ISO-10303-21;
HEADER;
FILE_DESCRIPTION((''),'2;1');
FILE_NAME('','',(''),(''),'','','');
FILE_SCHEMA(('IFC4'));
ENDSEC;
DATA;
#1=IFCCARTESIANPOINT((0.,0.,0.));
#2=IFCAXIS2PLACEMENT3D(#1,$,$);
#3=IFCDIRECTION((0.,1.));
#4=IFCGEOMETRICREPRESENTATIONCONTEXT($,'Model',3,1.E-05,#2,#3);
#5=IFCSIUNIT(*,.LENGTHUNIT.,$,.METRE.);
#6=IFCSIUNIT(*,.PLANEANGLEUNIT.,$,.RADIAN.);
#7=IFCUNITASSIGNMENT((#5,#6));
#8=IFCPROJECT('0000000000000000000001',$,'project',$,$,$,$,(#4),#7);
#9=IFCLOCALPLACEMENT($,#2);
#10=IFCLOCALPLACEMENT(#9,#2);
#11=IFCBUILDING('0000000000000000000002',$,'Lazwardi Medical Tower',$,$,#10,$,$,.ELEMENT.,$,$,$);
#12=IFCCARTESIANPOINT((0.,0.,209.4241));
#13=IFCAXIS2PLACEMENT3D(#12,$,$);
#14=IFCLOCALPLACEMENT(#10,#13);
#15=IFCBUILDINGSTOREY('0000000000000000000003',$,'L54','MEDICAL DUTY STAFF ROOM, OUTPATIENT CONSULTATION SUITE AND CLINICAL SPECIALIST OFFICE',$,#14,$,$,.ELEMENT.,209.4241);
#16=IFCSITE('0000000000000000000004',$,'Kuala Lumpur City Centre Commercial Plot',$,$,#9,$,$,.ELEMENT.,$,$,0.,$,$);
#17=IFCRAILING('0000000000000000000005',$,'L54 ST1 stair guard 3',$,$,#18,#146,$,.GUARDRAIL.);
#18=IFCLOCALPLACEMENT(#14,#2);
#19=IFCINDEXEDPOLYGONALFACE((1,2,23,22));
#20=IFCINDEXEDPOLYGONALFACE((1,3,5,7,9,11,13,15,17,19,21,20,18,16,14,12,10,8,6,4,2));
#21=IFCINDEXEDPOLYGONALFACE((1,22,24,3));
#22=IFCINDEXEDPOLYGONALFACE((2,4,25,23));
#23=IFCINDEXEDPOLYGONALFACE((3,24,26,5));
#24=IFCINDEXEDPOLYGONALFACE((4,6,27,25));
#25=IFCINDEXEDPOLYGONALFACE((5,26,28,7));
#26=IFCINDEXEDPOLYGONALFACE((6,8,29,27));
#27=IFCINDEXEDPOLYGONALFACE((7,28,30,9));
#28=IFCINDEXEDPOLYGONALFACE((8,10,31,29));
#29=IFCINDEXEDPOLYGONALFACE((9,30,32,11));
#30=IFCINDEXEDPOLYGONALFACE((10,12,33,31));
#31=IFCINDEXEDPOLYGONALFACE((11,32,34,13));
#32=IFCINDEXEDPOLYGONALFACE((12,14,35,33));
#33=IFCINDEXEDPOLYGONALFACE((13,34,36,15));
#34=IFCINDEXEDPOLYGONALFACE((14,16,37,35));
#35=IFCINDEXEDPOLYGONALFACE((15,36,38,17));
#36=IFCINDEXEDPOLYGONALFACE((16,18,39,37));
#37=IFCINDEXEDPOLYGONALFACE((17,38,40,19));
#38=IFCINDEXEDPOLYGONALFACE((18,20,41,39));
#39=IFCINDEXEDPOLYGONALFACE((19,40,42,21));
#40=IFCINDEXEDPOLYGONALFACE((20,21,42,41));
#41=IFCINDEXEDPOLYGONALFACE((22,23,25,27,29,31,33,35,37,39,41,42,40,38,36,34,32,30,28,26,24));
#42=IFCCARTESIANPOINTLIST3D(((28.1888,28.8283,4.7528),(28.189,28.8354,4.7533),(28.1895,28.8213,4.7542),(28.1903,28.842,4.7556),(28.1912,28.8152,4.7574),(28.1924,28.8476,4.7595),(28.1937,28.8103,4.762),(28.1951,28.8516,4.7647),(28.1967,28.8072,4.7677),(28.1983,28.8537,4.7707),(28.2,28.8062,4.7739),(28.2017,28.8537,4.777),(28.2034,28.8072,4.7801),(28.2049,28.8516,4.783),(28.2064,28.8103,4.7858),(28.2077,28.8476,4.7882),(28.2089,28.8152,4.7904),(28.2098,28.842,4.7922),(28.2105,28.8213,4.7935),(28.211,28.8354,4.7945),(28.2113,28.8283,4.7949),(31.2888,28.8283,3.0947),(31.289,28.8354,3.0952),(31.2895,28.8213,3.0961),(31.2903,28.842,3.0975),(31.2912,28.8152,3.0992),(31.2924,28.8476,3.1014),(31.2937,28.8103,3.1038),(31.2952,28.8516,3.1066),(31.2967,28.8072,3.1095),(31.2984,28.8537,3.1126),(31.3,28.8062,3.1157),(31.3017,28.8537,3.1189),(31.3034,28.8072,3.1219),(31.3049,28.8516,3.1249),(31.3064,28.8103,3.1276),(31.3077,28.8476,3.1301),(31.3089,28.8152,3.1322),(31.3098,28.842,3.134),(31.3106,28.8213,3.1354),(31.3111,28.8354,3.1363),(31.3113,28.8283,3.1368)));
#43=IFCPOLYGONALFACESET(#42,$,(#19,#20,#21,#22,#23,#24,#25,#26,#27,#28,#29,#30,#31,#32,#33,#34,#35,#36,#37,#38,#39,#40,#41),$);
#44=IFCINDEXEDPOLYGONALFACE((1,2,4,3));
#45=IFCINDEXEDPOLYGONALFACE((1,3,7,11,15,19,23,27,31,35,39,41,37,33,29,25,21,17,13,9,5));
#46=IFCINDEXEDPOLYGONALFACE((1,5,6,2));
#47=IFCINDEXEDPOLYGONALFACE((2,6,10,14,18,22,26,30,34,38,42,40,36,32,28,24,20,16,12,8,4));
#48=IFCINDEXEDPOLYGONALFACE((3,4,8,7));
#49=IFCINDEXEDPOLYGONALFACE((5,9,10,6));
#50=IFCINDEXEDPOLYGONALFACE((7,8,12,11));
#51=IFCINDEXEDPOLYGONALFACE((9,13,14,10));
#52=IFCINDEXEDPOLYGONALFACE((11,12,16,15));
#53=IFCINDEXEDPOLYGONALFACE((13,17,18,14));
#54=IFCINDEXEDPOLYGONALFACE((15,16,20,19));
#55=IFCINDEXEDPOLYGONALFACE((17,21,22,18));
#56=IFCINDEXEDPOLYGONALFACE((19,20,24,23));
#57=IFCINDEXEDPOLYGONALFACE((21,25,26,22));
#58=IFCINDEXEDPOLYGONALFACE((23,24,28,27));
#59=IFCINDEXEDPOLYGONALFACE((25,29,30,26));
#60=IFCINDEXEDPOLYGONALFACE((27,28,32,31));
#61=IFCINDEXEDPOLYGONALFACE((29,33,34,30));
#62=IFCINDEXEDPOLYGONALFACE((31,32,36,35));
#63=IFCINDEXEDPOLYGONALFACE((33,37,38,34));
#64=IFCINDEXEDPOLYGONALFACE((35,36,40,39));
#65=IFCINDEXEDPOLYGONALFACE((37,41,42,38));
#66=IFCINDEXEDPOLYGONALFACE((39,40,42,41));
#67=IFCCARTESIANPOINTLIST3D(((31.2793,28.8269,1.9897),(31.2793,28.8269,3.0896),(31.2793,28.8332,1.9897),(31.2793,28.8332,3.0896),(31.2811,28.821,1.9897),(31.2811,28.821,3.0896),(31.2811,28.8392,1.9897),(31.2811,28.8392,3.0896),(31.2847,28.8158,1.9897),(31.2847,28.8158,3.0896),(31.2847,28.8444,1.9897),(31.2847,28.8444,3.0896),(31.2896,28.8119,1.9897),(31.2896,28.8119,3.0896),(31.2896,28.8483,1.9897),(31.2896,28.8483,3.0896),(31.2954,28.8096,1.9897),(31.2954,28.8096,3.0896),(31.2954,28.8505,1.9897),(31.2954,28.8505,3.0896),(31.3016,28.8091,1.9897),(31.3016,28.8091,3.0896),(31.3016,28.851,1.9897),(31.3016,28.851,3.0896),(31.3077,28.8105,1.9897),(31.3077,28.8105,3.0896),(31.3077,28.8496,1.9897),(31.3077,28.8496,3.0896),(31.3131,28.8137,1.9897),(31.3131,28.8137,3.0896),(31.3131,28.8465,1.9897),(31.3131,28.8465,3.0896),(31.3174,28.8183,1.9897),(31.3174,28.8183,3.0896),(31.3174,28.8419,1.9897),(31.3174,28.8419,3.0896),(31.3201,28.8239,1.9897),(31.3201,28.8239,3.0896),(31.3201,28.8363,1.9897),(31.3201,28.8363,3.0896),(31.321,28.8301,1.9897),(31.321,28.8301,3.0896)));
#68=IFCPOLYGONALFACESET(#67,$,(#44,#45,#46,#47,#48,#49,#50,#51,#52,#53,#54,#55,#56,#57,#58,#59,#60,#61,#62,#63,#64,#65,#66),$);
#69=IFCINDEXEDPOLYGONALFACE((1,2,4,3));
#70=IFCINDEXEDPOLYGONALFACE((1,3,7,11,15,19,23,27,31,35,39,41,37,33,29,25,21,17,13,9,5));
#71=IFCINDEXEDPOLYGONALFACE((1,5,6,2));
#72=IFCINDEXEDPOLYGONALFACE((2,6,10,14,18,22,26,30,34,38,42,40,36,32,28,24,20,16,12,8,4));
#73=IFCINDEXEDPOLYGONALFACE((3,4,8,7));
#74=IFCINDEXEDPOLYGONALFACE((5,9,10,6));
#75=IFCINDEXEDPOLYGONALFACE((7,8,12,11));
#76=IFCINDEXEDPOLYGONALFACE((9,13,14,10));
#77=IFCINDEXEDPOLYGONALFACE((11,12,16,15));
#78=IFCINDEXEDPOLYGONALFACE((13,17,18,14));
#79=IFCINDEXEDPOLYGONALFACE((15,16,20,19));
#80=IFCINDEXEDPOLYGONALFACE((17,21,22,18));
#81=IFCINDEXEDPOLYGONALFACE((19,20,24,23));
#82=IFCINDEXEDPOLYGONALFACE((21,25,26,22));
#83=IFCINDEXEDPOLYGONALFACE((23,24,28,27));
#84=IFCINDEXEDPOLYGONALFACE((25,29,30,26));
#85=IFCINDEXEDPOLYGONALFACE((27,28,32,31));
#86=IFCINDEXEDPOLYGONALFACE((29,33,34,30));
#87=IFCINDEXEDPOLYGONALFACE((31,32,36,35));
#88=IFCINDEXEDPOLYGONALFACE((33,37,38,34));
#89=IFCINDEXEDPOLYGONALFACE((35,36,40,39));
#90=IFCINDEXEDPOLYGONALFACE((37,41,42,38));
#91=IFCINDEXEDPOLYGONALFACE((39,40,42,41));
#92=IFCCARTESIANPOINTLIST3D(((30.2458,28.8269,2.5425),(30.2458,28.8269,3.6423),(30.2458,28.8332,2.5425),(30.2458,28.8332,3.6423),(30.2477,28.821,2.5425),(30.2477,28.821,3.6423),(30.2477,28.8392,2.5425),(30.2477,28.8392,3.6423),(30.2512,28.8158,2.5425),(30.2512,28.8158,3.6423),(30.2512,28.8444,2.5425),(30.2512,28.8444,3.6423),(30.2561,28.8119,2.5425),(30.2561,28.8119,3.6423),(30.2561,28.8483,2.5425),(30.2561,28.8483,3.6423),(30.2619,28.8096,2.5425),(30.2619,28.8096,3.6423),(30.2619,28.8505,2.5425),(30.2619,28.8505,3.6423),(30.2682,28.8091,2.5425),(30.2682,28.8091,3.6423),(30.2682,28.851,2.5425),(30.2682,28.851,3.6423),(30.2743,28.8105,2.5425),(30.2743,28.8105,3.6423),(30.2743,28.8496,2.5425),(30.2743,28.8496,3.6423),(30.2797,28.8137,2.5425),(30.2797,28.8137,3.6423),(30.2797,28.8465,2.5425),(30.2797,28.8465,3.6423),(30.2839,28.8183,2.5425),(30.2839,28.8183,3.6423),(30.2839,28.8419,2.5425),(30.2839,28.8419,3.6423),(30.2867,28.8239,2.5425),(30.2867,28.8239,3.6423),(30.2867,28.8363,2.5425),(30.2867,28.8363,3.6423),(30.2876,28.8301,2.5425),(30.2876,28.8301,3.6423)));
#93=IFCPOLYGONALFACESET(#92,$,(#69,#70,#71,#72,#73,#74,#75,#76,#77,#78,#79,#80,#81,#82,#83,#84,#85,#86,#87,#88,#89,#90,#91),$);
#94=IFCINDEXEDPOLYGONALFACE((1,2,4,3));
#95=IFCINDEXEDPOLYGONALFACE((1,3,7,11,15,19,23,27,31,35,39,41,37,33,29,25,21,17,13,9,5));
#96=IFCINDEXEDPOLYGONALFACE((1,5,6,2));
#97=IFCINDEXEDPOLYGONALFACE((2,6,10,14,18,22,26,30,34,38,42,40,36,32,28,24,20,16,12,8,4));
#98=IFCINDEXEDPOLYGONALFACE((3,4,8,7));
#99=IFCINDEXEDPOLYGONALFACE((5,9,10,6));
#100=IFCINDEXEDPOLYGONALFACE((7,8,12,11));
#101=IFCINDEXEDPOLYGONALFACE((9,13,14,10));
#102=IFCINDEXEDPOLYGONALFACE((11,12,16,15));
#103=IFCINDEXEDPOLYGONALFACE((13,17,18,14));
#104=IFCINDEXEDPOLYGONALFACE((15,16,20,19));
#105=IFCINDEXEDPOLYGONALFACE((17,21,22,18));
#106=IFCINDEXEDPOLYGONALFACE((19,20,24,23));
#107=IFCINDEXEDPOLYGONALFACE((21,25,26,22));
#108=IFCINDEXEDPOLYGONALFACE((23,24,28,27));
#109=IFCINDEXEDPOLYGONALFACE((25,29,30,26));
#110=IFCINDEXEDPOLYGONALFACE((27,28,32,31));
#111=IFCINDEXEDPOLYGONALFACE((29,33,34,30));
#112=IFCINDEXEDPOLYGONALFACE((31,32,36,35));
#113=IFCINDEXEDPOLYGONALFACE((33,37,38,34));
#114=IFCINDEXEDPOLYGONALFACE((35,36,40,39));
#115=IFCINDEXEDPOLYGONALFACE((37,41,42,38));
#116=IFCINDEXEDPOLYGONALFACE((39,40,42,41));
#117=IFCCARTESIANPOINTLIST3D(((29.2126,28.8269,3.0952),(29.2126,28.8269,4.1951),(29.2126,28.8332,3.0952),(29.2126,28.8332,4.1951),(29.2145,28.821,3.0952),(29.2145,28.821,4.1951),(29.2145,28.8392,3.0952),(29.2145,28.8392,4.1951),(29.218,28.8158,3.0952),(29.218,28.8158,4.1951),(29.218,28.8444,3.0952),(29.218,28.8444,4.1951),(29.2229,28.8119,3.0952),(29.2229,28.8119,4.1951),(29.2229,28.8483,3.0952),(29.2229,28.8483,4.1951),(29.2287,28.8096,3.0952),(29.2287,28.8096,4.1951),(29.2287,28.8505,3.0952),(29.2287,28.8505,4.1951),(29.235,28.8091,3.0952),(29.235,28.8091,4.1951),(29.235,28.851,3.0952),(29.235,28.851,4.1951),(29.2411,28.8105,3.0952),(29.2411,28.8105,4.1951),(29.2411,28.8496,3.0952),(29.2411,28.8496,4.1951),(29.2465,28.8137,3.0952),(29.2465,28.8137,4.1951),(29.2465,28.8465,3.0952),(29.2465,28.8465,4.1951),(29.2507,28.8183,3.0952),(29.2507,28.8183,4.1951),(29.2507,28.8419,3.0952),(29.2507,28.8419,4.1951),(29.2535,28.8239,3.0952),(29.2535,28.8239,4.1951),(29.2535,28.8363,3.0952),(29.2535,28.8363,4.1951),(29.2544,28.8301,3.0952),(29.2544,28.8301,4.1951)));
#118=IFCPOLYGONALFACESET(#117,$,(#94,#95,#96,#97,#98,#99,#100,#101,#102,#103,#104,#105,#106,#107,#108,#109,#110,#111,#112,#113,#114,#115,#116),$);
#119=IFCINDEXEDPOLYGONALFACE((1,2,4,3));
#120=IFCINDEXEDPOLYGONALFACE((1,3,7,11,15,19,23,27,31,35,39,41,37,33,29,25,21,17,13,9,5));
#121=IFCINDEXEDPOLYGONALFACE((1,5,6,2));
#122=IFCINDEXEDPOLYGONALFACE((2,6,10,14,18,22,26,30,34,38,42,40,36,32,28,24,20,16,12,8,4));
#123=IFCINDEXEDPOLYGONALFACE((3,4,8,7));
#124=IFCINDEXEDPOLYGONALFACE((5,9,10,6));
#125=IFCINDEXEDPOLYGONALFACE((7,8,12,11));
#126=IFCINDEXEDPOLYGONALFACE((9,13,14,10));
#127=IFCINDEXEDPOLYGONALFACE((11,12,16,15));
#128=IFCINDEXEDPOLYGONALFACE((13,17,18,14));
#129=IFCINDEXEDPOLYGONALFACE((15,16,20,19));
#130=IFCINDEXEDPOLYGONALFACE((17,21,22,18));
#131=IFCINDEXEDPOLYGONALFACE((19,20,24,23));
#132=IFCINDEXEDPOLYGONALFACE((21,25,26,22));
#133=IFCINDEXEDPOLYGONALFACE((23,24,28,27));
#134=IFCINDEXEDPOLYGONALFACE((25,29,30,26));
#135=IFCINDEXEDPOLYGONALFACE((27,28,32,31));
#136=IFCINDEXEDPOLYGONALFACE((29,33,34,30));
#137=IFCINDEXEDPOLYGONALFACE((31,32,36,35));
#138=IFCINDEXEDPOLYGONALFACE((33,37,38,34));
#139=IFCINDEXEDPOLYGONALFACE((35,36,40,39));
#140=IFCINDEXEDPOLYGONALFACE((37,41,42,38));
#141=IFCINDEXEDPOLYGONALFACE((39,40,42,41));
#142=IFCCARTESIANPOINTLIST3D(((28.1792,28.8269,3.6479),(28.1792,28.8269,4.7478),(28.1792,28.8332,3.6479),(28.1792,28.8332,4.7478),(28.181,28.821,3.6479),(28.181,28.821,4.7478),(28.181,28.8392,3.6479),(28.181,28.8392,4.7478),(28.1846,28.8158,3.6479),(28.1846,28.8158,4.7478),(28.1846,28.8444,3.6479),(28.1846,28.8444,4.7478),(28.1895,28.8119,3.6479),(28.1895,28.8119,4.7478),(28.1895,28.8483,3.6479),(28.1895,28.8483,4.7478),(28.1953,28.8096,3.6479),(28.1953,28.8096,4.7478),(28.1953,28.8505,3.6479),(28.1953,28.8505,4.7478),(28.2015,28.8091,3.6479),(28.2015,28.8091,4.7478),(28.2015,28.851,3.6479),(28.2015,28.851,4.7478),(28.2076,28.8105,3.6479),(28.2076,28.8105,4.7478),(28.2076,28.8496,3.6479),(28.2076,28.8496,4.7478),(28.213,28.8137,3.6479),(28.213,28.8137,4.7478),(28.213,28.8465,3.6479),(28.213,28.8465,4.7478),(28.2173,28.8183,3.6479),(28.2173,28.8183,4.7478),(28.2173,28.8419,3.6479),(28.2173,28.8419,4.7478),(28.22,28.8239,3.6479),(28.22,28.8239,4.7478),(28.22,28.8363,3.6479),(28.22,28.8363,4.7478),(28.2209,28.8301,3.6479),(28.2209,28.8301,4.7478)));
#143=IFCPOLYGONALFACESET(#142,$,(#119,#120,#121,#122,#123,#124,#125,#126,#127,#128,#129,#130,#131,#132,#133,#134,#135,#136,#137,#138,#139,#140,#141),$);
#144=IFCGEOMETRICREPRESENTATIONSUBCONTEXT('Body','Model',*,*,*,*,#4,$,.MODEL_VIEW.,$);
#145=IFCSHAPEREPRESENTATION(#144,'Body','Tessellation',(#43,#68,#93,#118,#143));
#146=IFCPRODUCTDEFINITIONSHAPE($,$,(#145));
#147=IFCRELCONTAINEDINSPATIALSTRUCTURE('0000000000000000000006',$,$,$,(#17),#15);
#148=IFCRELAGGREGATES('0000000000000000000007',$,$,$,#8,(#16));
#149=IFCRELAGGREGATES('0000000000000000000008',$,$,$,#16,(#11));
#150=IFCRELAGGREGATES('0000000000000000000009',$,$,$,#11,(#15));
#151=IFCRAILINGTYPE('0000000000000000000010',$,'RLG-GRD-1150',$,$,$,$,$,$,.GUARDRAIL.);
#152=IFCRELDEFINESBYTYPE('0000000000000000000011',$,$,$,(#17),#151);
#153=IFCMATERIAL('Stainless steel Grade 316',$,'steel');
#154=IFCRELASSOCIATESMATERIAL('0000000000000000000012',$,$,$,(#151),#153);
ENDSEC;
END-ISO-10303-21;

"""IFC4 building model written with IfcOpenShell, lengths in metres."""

from ifc_helpers import new_model, si_unit, direction, frame, origin, origin_2d, place, context, subcontext, project, spatial, circle, extrude, material, type_object, element, save


model = new_model("IFC4")

# Units and contexts
model_context = context("Model", 3, precision=1e-05, world=origin(), true_north=direction((0.0, 1.0)))
body_context = subcontext(model_context, "Body", "Model", "MODEL_VIEW")
ifc_project = project(units=[si_unit("LENGTHUNIT", "METRE"), si_unit("PLANEANGLEUNIT", "RADIAN")], contexts=[model_context])

# Site, building, storey
site_placement = place(None, origin())
site = spatial("IfcSite", under=ifc_project, at=site_placement, Name="Kuala Lumpur City Centre Commercial Plot", CompositionType="ELEMENT", RefElevation=0.0)
building_placement = place(site_placement, origin())
building = spatial("IfcBuilding", under=site, at=building_placement, Name="Lazwardi Medical Tower", CompositionType="ELEMENT")
storey_placement = place(building_placement, frame((0.0, 0.0, 209.4241)))
storey = spatial("IfcBuildingStorey", under=building, at=storey_placement, Name="L54", Description="MEDICAL DUTY STAFF ROOM, OUTPATIENT CONSULTATION SUITE AND CLINICAL SPECIALIST OFFICE", CompositionType="ELEMENT", Elevation=209.4241)

# Railing
ifc_material_1 = material(Name="Stainless steel Grade 316", Category="steel")
railing_type_1 = type_object("IfcRailingType", Name="RLG-GRD-1150", PredefinedType="GUARDRAIL", material=ifc_material_1)
railing_1_placement = place(storey_placement, frame((31.3, 28.8301, 1.9897)))
element("IfcRailing", 1, at=railing_1_placement, inside=storey, type_object=railing_type_1, Name="L54 ST1 stair guard 3", PredefinedType="GUARDRAIL", context=body_context, shape_type="SweptSolid", body=[
    extrude(circle(Radius=0.0239, at=origin_2d()), frame((0.0, 0.0, 1.126), z_axis=(-0.881783, 0.0, 0.471655), x_axis=(0.0, -1.0, 0.0)), (0.0, 0.0, 1.0), 3.5156),
    extrude(circle(Radius=0.021, at=origin_2d()), origin(), (0.0, 0.0, 1.0), 1.0999),
    extrude(circle(Radius=0.021, at=origin_2d()), frame((-1.0334, 0.0, 0.5527)), (0.0, 0.0, 1.0), 1.0999),
    extrude(circle(Radius=0.021, at=origin_2d()), frame((-2.0667, 0.0, 1.1055)), (0.0, 0.0, 1.0), 1.0999),
    extrude(circle(Radius=0.021, at=origin_2d()), frame((-3.1001, 0.0, 1.6582)), (0.0, 0.0, 1.0), 1.0999),
])

save(model, "model.ifc")
